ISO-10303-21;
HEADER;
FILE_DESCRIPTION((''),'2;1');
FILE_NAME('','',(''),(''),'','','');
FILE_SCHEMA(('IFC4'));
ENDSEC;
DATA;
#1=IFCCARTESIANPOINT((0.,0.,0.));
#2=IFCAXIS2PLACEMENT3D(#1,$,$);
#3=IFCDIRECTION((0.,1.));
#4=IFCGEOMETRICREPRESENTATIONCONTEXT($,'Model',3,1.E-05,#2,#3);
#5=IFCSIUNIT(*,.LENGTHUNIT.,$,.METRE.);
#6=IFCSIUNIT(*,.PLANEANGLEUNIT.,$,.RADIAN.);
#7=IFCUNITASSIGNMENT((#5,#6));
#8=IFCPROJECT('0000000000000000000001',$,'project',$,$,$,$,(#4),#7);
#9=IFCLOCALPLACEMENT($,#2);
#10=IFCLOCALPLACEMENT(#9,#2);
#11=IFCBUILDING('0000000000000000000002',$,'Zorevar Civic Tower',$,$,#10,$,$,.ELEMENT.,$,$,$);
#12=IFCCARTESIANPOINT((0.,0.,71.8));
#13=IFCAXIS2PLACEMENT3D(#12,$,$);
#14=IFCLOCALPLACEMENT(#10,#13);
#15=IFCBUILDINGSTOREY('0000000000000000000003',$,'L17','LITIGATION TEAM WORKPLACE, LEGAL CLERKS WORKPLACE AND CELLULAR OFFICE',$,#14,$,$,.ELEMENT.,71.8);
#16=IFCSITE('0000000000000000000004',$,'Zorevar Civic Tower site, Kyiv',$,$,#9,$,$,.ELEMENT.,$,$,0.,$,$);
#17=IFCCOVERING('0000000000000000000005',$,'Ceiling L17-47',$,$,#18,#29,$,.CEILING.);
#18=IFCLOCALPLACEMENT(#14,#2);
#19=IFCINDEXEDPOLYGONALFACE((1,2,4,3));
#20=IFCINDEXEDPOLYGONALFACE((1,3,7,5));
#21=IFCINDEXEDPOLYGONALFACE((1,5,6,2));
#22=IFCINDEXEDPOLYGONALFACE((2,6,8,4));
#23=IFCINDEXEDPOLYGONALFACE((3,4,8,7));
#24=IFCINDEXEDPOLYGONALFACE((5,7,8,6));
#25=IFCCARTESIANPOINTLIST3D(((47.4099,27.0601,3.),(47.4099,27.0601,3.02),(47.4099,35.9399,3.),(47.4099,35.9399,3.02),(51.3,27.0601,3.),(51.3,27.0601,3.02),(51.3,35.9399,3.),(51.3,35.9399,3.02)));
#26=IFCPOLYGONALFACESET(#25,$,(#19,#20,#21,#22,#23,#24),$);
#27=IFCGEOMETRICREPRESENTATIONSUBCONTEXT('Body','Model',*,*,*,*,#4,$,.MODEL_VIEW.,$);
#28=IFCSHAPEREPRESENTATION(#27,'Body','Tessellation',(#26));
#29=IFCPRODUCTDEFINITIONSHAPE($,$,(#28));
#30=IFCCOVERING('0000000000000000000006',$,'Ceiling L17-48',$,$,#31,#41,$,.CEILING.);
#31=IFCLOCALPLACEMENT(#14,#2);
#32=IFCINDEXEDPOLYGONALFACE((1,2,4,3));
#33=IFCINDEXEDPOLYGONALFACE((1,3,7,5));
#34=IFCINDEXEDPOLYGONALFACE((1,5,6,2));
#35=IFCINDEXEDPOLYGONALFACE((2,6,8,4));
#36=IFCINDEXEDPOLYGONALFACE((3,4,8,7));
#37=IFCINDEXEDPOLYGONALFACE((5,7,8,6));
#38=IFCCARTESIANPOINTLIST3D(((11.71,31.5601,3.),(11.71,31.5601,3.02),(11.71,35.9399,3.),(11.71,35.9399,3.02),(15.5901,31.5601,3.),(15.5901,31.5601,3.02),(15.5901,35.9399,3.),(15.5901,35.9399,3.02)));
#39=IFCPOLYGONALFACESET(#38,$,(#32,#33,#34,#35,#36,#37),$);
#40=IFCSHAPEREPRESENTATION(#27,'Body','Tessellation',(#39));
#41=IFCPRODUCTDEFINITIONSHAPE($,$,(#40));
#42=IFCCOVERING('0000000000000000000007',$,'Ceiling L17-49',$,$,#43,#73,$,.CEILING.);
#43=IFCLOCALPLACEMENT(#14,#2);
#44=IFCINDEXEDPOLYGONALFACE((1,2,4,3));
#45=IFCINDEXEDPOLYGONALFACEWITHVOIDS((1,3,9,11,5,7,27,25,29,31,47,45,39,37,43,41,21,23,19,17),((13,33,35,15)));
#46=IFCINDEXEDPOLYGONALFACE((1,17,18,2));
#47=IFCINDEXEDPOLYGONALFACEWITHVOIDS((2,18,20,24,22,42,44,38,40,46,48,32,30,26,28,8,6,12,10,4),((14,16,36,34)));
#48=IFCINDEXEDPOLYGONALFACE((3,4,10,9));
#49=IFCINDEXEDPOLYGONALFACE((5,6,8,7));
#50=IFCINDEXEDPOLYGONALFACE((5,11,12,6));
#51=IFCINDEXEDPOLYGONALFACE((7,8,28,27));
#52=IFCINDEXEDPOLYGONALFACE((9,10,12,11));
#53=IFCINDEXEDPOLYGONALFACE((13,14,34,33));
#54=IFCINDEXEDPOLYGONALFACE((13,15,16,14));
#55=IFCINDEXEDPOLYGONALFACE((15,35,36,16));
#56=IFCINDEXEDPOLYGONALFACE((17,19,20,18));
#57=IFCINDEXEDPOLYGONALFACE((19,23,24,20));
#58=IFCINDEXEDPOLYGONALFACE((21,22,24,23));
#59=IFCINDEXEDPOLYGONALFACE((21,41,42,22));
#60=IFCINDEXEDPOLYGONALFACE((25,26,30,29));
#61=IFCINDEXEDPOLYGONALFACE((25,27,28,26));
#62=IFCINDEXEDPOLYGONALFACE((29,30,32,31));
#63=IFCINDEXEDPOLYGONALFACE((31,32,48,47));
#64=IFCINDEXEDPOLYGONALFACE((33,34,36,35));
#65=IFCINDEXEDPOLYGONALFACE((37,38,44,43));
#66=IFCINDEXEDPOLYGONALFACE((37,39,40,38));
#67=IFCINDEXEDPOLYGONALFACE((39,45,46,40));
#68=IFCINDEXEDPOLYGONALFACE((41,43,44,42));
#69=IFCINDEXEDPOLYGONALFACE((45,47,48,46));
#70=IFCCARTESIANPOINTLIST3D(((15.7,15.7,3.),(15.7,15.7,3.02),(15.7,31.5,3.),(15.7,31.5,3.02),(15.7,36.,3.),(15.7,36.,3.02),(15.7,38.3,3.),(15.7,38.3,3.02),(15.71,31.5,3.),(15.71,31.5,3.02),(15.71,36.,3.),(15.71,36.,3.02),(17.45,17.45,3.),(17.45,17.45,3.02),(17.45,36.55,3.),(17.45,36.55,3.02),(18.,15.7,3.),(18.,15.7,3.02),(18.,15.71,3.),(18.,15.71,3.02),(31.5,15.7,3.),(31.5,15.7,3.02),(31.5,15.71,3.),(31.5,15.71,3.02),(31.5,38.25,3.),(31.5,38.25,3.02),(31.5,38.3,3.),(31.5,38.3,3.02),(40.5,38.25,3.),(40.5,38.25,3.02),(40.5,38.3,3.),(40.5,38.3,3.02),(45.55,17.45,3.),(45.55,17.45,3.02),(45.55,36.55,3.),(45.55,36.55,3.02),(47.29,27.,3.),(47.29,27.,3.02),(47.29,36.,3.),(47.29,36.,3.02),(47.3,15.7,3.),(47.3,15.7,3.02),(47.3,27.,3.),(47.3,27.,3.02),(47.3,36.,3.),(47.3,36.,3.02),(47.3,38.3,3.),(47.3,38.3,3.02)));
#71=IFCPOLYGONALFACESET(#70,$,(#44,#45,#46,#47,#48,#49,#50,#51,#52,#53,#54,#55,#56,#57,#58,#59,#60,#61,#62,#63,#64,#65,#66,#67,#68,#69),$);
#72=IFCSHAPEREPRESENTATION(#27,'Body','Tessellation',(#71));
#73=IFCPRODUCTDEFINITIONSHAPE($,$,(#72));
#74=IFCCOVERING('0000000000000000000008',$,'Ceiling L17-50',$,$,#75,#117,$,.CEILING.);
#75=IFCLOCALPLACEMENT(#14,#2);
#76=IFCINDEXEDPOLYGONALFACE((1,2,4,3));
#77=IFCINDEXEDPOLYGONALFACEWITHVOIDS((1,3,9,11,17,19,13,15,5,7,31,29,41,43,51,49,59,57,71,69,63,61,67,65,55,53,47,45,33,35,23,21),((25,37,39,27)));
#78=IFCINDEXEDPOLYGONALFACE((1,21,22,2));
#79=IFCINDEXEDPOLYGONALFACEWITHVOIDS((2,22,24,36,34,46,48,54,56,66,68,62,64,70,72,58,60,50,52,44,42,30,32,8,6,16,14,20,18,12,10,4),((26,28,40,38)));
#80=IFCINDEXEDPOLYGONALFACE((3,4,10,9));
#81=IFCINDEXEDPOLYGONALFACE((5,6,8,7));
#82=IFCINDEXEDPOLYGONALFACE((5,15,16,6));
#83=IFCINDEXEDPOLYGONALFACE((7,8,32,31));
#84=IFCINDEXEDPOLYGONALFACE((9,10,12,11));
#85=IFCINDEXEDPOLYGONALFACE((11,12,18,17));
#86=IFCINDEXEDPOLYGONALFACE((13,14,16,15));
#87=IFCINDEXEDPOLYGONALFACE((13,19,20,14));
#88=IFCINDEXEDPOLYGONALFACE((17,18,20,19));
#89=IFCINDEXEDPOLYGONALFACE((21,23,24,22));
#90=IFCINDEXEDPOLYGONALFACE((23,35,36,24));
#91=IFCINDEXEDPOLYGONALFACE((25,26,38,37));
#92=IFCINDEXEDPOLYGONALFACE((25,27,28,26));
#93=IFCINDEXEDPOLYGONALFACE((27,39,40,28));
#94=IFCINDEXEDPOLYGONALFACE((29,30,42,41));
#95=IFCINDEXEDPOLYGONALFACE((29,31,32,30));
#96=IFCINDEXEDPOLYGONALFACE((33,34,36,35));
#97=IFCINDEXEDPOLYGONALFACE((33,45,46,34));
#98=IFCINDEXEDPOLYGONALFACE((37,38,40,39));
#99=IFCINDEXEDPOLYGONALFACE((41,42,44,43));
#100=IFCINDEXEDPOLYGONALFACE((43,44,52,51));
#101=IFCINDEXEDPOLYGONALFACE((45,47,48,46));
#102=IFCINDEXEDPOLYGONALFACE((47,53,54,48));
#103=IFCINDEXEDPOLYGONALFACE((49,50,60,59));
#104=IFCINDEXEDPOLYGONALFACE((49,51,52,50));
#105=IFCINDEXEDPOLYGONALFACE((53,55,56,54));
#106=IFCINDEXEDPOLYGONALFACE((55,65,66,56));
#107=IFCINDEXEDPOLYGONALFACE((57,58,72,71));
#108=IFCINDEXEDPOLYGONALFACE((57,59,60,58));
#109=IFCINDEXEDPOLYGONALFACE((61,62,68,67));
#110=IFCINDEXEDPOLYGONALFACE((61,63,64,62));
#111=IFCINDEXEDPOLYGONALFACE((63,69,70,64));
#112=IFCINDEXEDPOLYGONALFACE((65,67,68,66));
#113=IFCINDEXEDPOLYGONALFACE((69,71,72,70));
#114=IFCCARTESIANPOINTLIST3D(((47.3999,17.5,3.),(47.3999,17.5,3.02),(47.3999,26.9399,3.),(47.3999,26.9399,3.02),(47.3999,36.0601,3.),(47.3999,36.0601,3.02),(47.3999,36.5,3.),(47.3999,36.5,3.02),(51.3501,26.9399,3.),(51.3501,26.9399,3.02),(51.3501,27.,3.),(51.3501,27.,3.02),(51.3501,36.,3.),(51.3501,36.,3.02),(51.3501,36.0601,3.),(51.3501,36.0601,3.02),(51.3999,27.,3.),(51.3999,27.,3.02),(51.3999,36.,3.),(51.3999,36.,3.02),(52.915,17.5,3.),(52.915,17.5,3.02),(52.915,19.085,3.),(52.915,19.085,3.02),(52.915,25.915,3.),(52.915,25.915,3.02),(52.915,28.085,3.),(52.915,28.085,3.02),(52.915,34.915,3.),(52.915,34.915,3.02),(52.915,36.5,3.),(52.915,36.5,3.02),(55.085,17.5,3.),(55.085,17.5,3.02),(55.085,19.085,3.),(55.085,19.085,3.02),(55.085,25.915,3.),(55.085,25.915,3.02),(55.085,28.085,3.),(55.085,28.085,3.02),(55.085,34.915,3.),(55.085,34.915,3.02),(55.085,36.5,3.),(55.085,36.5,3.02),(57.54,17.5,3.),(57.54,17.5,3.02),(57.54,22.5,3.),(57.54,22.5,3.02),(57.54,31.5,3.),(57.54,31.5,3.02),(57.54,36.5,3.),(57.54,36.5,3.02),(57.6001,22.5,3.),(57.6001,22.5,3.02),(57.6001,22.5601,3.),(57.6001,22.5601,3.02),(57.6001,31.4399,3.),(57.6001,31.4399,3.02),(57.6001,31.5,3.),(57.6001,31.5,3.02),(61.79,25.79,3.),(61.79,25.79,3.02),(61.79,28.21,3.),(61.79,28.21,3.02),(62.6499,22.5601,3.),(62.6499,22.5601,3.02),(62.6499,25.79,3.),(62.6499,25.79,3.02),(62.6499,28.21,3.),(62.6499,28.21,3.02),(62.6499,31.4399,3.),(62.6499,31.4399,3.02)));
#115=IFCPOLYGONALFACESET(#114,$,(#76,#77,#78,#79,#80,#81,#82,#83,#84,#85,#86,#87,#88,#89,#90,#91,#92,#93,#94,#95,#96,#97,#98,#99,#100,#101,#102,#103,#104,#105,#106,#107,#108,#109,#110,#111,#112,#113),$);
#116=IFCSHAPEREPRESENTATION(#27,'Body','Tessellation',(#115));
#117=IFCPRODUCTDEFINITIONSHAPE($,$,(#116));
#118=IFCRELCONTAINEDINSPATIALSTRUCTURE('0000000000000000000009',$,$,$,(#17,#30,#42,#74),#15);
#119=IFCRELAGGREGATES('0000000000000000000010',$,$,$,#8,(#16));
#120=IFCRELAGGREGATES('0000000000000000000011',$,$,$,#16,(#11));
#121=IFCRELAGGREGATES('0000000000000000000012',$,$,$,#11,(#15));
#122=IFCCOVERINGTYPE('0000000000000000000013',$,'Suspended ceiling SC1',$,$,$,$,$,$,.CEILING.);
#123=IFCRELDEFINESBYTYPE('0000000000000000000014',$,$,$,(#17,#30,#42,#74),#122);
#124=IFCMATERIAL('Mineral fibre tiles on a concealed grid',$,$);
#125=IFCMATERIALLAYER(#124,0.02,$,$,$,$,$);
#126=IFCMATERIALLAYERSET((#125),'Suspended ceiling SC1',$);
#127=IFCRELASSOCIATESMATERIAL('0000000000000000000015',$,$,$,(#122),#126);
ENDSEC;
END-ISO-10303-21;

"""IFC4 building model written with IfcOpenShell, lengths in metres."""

from ifc_helpers import new_model, si_unit, direction, frame, origin, place, context, subcontext, project, spatial, polyline, outline, extrude, material, layer, layer_set, type_object, element, save


model = new_model("IFC4")

# Units and contexts
model_context = context("Model", 3, precision=1e-05, world=origin(), true_north=direction((0.0, 1.0)))
body_context = subcontext(model_context, "Body", "Model", "MODEL_VIEW")
ifc_project = project(units=[si_unit("LENGTHUNIT", "METRE"), si_unit("PLANEANGLEUNIT", "RADIAN")], contexts=[model_context])

# Site, building, storey
site_placement = place(None, origin())
site = spatial("IfcSite", under=ifc_project, at=site_placement, Name="Zorevar Civic Tower site, Kyiv", CompositionType="ELEMENT", RefElevation=0.0)
building_placement = place(site_placement, origin())
building = spatial("IfcBuilding", under=site, at=building_placement, Name="Zorevar Civic Tower", CompositionType="ELEMENT")
storey_placement = place(building_placement, frame((0.0, 0.0, 71.8)))
storey = spatial("IfcBuildingStorey", under=building, at=storey_placement, Name="L17", Description="LITIGATION TEAM WORKPLACE, LEGAL CLERKS WORKPLACE AND CELLULAR OFFICE", CompositionType="ELEMENT", Elevation=71.8)

# Coverings
ifc_material_1 = material(Name="Mineral fibre tiles on a concealed grid")
ifc_layer_1 = layer(ifc_material_1, 0.02)
ifc_layer_set_1 = layer_set([ifc_layer_1], Name="Suspended ceiling SC1")
covering_type_1 = type_object("IfcCoveringType", Name="Suspended ceiling SC1", PredefinedType="CEILING", material=ifc_layer_set_1)
covering_1_placement = place(storey_placement, frame((0.0, 0.0, 3.0)))
element("IfcCovering", 1, at=covering_1_placement, inside=storey, type_object=covering_type_1, Name="Ceiling L17-47", PredefinedType="CEILING", context=body_context, shape_type="SweptSolid", body=[
    extrude(outline(polyline([(51.3, 27.0601), (47.4099, 27.0601), (47.4099, 35.9399), (51.3, 35.9399), (51.3, 27.0601)])), origin(), (0.0, 0.0, 1.0), 0.02),
])
covering_2_placement = place(storey_placement, frame((0.0, 0.0, 3.0)))
element("IfcCovering", 2, at=covering_2_placement, inside=storey, type_object=covering_type_1, Name="Ceiling L17-48", PredefinedType="CEILING", context=body_context, shape_type="SweptSolid", body=[
    extrude(outline(polyline([(11.71, 35.9399), (15.5901, 35.9399), (15.5901, 31.5601), (11.71, 31.5601), (11.71, 35.9399)])), origin(), (0.0, 0.0, 1.0), 0.02),
])
covering_3_placement = place(storey_placement, frame((0.0, 0.0, 3.0)))
element("IfcCovering", 3, at=covering_3_placement, inside=storey, type_object=covering_type_1, Name="Ceiling L17-49", PredefinedType="CEILING", context=body_context, shape_type="SweptSolid", body=[
    extrude(outline(polyline([(15.7, 38.3), (31.5, 38.3), (31.5, 38.25), (40.5, 38.25), (40.5, 38.3), (47.3, 38.3), (47.3, 36.0), (47.29, 36.0), (47.29, 27.0), (47.3, 27.0), (47.3, 15.7), (31.5, 15.7), (31.5, 15.71), (18.0, 15.71), (18.0, 15.7), (15.7, 15.7), (15.7, 31.5), (15.71, 31.5), (15.71, 36.0), (15.7, 36.0), (15.7, 38.3)]), holes=[polyline([(45.55, 17.45), (45.55, 36.55), (17.45, 36.55), (17.45, 17.45), (45.55, 17.45)])]), origin(), (0.0, 0.0, 1.0), 0.02),
])
covering_4_placement = place(storey_placement, frame((0.0, 0.0, 3.0)))
element("IfcCovering", 4, at=covering_4_placement, inside=storey, type_object=covering_type_1, Name="Ceiling L17-50", PredefinedType="CEILING", context=body_context, shape_type="SweptSolid", body=[
    extrude(outline(polyline([(52.915, 17.5), (47.3999, 17.5), (47.3999, 26.9399), (51.3501, 26.9399), (51.3501, 27.0), (51.3999, 27.0), (51.3999, 36.0), (51.3501, 36.0), (51.3501, 36.0601), (47.3999, 36.0601), (47.3999, 36.5), (52.915, 36.5), (52.915, 34.915), (55.085, 34.915), (55.085, 36.5), (57.54, 36.5), (57.54, 31.5), (57.6001, 31.5), (57.6001, 31.4399), (62.6499, 31.4399), (62.6499, 28.21), (61.79, 28.21), (61.79, 25.79), (62.6499, 25.79), (62.6499, 22.5601), (57.6001, 22.5601), (57.6001, 22.5), (57.54, 22.5), (57.54, 17.5), (55.085, 17.5), (55.085, 19.085), (52.915, 19.085), (52.915, 17.5)]), holes=[polyline([(52.915, 25.915), (55.085, 25.915), (55.085, 28.085), (52.915, 28.085), (52.915, 25.915)])]), origin(), (0.0, 0.0, 1.0), 0.02),
])

save(model, "model.ifc")
